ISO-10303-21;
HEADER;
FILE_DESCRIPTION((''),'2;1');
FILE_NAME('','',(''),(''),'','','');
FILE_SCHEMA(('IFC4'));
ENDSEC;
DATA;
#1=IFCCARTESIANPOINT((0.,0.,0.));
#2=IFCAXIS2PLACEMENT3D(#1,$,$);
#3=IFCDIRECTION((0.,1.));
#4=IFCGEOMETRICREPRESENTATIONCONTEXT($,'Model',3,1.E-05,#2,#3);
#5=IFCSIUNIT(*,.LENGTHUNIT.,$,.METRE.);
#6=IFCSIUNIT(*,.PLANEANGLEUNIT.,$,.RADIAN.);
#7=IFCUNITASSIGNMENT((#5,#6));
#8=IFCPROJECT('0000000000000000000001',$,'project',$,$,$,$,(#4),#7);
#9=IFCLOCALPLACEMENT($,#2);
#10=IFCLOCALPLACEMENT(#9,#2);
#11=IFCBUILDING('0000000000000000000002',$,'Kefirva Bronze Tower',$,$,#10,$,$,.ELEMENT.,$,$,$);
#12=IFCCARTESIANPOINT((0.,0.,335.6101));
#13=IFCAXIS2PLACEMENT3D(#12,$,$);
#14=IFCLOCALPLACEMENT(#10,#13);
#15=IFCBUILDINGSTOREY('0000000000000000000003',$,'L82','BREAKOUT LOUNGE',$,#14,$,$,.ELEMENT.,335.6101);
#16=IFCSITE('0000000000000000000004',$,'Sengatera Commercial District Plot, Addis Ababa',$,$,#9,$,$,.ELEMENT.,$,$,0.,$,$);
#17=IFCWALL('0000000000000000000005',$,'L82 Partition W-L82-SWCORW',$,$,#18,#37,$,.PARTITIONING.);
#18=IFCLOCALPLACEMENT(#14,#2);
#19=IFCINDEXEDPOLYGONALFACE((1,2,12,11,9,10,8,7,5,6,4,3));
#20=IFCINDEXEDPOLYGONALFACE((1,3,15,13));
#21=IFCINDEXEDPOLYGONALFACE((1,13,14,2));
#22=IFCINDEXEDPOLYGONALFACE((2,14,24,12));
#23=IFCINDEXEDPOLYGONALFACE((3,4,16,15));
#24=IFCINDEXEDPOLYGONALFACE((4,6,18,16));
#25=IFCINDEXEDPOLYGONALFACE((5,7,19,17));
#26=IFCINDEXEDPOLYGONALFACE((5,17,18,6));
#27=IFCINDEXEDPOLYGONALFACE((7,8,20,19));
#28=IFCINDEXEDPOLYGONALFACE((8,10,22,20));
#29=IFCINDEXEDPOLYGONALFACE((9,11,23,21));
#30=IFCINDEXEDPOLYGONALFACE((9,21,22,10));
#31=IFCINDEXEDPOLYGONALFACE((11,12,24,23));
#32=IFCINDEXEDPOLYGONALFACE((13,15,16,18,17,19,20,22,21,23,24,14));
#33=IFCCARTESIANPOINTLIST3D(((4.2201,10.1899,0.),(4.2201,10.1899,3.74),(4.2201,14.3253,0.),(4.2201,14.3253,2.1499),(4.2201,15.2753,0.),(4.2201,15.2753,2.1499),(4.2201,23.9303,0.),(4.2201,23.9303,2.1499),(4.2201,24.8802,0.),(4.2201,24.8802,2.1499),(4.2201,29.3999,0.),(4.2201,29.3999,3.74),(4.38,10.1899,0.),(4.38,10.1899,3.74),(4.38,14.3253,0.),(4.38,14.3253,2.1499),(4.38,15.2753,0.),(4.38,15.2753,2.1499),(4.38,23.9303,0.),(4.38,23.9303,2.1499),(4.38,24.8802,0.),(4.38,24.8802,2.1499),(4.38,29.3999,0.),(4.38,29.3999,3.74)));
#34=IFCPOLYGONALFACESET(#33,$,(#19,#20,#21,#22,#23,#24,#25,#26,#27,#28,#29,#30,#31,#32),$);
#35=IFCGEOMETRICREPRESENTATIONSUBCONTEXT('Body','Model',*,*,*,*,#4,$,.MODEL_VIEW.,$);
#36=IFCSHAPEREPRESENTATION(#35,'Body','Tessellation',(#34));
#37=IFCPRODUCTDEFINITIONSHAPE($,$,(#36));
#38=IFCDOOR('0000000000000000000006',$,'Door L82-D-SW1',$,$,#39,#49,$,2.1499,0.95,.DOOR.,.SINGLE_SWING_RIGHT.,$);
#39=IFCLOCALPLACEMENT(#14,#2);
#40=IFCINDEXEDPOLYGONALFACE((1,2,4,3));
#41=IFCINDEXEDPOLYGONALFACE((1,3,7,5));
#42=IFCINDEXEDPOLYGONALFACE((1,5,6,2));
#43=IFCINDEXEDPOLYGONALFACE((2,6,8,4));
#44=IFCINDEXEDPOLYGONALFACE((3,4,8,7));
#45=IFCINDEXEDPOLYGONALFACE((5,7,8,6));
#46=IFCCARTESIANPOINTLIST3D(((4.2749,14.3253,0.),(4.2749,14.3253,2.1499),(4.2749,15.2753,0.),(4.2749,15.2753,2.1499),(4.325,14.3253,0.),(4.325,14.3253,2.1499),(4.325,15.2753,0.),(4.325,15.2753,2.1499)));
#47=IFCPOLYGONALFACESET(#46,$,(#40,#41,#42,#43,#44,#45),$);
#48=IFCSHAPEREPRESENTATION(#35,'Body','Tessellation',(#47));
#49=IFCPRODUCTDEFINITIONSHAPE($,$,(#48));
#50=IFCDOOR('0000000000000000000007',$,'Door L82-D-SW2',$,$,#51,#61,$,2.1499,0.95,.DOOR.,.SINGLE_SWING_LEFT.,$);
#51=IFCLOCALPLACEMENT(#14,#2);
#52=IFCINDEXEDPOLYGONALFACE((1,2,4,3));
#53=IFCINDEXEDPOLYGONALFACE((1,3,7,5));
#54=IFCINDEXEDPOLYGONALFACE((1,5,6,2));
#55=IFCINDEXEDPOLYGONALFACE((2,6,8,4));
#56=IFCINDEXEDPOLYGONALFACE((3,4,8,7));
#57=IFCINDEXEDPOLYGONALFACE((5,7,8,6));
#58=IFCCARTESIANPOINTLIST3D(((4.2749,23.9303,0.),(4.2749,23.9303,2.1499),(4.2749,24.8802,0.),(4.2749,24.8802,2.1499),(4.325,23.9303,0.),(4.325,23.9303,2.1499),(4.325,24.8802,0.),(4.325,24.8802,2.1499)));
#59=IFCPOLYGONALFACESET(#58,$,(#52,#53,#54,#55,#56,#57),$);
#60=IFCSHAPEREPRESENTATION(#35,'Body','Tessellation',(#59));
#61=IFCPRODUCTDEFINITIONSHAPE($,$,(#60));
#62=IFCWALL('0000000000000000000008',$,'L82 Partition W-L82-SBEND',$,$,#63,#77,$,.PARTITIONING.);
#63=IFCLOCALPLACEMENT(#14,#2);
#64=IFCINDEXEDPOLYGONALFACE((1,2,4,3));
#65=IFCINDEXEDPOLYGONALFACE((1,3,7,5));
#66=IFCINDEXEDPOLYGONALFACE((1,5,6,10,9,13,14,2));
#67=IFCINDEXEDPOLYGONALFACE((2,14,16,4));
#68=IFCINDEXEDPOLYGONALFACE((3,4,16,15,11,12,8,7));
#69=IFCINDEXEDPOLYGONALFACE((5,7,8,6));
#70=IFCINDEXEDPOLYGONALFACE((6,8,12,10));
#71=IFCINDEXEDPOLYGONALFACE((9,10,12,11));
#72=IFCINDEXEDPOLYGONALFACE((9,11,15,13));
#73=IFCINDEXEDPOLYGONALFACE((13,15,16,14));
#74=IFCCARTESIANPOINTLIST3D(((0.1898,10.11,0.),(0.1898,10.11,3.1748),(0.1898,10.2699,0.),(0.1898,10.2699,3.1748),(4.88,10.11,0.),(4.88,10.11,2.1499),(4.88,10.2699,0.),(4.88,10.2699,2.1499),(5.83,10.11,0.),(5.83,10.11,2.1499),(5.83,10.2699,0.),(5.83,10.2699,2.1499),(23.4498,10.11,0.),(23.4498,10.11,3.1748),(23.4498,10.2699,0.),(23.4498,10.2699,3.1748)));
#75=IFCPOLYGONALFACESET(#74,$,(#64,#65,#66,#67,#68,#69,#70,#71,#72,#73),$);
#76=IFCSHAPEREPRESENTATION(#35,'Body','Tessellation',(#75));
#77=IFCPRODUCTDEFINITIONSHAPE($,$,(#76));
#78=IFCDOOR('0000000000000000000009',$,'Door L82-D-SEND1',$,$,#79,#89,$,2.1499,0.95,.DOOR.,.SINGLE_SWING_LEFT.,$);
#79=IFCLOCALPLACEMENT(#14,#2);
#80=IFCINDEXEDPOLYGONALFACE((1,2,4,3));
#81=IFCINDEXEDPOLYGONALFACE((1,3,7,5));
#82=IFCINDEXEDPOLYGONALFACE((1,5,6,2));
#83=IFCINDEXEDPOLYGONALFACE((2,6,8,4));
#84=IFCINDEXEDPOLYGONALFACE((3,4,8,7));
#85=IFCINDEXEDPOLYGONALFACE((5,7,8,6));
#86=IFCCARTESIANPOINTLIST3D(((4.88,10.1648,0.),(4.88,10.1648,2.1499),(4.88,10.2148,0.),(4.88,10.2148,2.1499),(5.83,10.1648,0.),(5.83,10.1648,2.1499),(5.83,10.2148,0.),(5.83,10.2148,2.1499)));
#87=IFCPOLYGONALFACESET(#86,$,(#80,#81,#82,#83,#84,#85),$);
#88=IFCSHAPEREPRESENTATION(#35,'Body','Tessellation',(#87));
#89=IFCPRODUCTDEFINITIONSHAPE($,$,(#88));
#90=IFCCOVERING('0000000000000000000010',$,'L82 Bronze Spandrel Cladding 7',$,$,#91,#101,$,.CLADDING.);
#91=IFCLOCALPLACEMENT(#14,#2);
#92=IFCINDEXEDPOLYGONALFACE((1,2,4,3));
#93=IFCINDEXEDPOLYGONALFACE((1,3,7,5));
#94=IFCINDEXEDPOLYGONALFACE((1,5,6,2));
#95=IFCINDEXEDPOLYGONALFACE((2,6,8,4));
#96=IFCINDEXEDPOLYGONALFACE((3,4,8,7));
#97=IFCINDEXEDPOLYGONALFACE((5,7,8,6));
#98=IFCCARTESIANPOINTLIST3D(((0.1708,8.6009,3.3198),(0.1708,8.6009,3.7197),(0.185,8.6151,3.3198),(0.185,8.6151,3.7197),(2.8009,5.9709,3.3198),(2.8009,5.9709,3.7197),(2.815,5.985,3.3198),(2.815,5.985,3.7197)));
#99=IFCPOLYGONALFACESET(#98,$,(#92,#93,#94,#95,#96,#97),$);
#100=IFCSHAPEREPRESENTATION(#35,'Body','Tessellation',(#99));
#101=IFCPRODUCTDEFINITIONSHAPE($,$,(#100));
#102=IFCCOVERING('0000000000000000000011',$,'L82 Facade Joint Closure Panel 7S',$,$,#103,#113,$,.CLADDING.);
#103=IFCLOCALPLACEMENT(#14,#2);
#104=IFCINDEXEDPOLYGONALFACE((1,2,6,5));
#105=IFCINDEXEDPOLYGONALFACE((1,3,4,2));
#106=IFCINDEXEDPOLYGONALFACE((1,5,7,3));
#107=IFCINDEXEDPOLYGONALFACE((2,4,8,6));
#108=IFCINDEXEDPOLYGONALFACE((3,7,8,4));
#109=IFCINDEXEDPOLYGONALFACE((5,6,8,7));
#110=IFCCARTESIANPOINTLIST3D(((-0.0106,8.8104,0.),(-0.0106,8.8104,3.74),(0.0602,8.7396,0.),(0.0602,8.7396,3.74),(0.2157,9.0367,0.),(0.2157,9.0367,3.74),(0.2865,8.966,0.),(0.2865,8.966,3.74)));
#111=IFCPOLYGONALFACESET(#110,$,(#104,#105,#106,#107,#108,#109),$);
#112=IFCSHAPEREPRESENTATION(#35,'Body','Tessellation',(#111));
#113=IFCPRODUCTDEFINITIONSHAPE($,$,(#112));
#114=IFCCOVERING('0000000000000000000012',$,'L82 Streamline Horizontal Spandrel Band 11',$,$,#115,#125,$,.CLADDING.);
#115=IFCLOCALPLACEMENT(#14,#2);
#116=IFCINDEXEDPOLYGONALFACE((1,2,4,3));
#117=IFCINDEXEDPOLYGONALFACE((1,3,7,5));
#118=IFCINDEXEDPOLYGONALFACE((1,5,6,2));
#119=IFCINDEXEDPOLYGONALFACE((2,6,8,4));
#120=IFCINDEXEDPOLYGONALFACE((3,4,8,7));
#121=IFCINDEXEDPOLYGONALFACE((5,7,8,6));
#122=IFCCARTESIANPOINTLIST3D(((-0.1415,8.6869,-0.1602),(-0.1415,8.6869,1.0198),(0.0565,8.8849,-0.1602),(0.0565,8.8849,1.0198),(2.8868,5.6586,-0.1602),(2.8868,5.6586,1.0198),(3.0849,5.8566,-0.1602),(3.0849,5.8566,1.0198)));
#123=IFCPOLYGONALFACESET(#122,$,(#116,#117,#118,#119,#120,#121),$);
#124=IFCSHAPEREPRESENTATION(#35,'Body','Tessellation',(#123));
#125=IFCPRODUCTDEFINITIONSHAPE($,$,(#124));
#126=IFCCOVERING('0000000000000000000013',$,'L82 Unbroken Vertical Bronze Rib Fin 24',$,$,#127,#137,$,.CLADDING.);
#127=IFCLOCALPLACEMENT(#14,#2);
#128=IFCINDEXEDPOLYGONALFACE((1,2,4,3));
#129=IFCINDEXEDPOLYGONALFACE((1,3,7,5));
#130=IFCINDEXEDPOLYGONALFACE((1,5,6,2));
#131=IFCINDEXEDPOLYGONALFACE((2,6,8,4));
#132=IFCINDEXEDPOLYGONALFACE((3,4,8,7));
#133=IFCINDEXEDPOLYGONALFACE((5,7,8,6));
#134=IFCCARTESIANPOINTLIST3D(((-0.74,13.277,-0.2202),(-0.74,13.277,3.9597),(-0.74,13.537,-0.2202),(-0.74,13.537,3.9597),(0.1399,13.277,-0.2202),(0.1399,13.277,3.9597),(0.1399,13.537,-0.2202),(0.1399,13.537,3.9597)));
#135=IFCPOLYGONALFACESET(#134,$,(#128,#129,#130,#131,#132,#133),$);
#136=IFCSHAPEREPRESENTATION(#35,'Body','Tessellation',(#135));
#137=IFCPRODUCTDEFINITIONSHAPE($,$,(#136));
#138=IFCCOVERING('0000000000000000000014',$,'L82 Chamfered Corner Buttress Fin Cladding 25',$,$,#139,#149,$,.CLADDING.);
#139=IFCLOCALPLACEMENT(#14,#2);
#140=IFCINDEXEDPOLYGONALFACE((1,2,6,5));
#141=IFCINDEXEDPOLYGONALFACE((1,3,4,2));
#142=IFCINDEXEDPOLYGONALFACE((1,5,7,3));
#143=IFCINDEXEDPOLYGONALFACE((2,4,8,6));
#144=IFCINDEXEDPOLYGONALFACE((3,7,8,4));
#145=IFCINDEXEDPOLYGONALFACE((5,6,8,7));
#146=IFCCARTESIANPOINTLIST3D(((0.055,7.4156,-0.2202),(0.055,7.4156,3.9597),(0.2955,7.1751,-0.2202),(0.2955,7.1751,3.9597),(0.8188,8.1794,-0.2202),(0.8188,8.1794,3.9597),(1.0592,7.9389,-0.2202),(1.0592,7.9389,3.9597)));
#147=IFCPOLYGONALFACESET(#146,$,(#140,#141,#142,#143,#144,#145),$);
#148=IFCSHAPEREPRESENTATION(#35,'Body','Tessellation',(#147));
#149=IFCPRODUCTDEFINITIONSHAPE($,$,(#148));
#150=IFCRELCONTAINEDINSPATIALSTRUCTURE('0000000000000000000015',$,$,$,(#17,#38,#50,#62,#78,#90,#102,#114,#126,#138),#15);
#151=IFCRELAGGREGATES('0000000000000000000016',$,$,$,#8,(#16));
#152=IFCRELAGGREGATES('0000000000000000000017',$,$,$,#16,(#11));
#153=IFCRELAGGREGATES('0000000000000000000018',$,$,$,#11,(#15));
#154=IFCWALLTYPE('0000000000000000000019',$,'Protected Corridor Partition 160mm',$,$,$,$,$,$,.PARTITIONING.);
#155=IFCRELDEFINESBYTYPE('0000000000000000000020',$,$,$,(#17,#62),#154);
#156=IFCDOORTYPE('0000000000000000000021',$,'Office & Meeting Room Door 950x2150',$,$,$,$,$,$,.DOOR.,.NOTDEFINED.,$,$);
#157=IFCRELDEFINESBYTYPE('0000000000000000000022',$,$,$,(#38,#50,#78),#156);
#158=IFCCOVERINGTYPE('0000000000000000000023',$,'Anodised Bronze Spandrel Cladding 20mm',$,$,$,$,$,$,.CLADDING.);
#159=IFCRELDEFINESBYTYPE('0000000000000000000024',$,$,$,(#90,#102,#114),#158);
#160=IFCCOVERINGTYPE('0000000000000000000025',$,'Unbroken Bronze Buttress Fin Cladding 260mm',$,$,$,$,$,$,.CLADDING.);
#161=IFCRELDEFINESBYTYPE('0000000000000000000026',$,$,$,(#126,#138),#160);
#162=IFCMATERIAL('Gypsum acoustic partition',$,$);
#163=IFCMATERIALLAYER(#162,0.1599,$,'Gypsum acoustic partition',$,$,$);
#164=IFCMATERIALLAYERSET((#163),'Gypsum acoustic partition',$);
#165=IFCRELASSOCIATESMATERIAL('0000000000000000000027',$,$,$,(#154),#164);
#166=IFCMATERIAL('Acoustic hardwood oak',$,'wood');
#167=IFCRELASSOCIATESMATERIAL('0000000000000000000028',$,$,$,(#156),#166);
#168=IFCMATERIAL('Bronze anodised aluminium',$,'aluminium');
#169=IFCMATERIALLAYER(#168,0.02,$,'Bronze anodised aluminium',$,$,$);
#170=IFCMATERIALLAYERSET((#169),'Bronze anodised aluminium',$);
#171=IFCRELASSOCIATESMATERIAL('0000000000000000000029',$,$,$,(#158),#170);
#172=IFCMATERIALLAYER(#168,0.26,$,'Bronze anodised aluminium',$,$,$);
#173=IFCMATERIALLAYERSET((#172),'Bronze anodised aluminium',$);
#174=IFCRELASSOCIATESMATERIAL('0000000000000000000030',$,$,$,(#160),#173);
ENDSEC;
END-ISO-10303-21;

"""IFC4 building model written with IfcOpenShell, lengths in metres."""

from ifc_helpers import new_model, si_unit, direction, frame, frame_2d, origin, origin_2d, place, context, subcontext, project, spatial, rectangle, extrude, material, layer, layer_set, type_object, element, fill, save


model = new_model("IFC4")

# Units and contexts
model_context = context("Model", 3, precision=1e-05, world=origin(), true_north=direction((0.0, 1.0)))
body_context = subcontext(model_context, "Body", "Model", "MODEL_VIEW")
ifc_project = project(units=[si_unit("LENGTHUNIT", "METRE"), si_unit("PLANEANGLEUNIT", "RADIAN")], contexts=[model_context])

# Site, building, storey
site_placement = place(None, origin())
site = spatial("IfcSite", under=ifc_project, at=site_placement, Name="Sengatera Commercial District Plot, Addis Ababa", CompositionType="ELEMENT", RefElevation=0.0)
building_placement = place(site_placement, origin())
building = spatial("IfcBuilding", under=site, at=building_placement, Name="Kefirva Bronze Tower", CompositionType="ELEMENT")
storey_placement = place(building_placement, frame((0.0, 0.0, 335.6101)))
storey = spatial("IfcBuildingStorey", under=building, at=storey_placement, Name="L82", Description="BREAKOUT LOUNGE", CompositionType="ELEMENT", Elevation=335.6101)

# Shared definitions
ifc_material_1 = material(Name="Bronze anodised aluminium", Category="aluminium")

# Shared definitions
ifc_material_2 = material(Name="Gypsum acoustic partition")

# Wall, openings, doors
ifc_layer_1 = layer(ifc_material_2, 0.1599, Name="Gypsum acoustic partition")
ifc_layer_set_1 = layer_set([ifc_layer_1], Name="Gypsum acoustic partition")
wall_type_1 = type_object("IfcWallType", Name="Protected Corridor Partition 160mm", PredefinedType="PARTITIONING", material=ifc_layer_set_1)
wall_1_placement = place(storey_placement, frame((4.3, 10.1899, 0.0), z_axis=(0.0, 0.0, 1.0), x_axis=(0.0, 1.0, 0.0)))
wall_1 = element("IfcWall", 1, at=wall_1_placement, inside=storey, type_object=wall_type_1, Name="L82 Partition W-L82-SWCORW", PredefinedType="PARTITIONING", context=body_context, shape_type="SweptSolid", body=[
    extrude(rectangle(XDim=19.21, YDim=0.1599, at=frame_2d((9.605, 0.0))), origin(), (0.0, 0.0, 1.0), 3.74),
])
opening_1_placement = place(wall_1_placement, frame((5.0854, 0.0, 0.0), z_axis=(0.0, 0.0, 1.0), x_axis=(-1.0, 0.0, 0.0)))
opening_1 = element("IfcOpeningElement", 2, at=opening_1_placement, cuts=wall_1, PredefinedType="OPENING", context=body_context, shape_type="SweptSolid", body=[
    extrude(rectangle(XDim=0.95, YDim=2.1499, at=frame_2d((0.4751, 1.075))), frame((0.0, 0.0898, 0.0), z_axis=(0.0, -1.0, 0.0), x_axis=(1.0, 0.0, 0.0)), (0.0, 0.0, 1.0), 0.1799),
])
opening_2_placement = place(wall_1_placement, frame((14.6904, 0.0, 0.0), z_axis=(0.0, 0.0, 1.0), x_axis=(-1.0, 0.0, 0.0)))
opening_2 = element("IfcOpeningElement", 3, at=opening_2_placement, cuts=wall_1, PredefinedType="OPENING", context=body_context, shape_type="SweptSolid", body=[
    extrude(rectangle(XDim=0.95, YDim=2.1499, at=frame_2d((0.4751, 1.075))), frame((0.0, 0.0898, 0.0), z_axis=(0.0, -1.0, 0.0), x_axis=(1.0, 0.0, 0.0)), (0.0, 0.0, 1.0), 0.1799),
])
ifc_material_3 = material(Name="Acoustic hardwood oak", Category="wood")
door_type = type_object("IfcDoorType", Name="Office & Meeting Room Door 950x2150", OperationType="NOTDEFINED", PredefinedType="DOOR", material=ifc_material_3)
door_1_placement = place(opening_1_placement, origin())
door_1 = element("IfcDoor", 4, at=door_1_placement, inside=storey, type_object=door_type, Name="Door L82-D-SW1", OperationType="SINGLE_SWING_RIGHT", OverallHeight=2.1499, OverallWidth=0.95, PredefinedType="DOOR", context=body_context, shape_type="SweptSolid", body=[
    extrude(rectangle(XDim=0.95, YDim=2.1499, at=frame_2d((0.4751, 1.075))), frame((0.0, 0.0249, 0.0), z_axis=(0.0, -1.0, 0.0), x_axis=(1.0, 0.0, 0.0)), (0.0, 0.0, 1.0), 0.05),
])
fill(opening_1, door_1)
door_2_placement = place(opening_2_placement, origin())
door_2 = element("IfcDoor", 5, at=door_2_placement, inside=storey, type_object=door_type, Name="Door L82-D-SW2", OperationType="SINGLE_SWING_LEFT", OverallHeight=2.1499, OverallWidth=0.95, PredefinedType="DOOR", context=body_context, shape_type="SweptSolid", body=[
    extrude(rectangle(XDim=0.95, YDim=2.1499, at=frame_2d((0.4751, 1.075))), frame((0.0, 0.0249, 0.0), z_axis=(0.0, -1.0, 0.0), x_axis=(1.0, 0.0, 0.0)), (0.0, 0.0, 1.0), 0.05),
])
fill(opening_2, door_2)

# Wall, opening, door
wall_2_placement = place(storey_placement, frame((0.1899, 10.1899, 0.0), z_axis=(0.0, 0.0, 1.0), x_axis=(1.0, 0.0, 0.0)))
wall_2 = element("IfcWall", 6, at=wall_2_placement, inside=storey, type_object=wall_type_1, Name="L82 Partition W-L82-SBEND", PredefinedType="PARTITIONING", context=body_context, shape_type="SweptSolid", body=[
    extrude(rectangle(XDim=23.26, YDim=0.1599, at=frame_2d((11.6299, 0.0))), origin(), (0.0, 0.0, 1.0), 3.1748),
])
opening_3_placement = place(wall_2_placement, frame((4.6899, 0.0, 0.0)))
opening_3 = element("IfcOpeningElement", 7, at=opening_3_placement, cuts=wall_2, PredefinedType="OPENING", context=body_context, shape_type="SweptSolid", body=[
    extrude(rectangle(XDim=0.95, YDim=2.1499, at=frame_2d((0.4751, 1.075))), frame((0.0, 0.0898, 0.0), z_axis=(0.0, -1.0, 0.0), x_axis=(1.0, 0.0, 0.0)), (0.0, 0.0, 1.0), 0.1799),
])
door_3_placement = place(opening_3_placement, origin())
door_3 = element("IfcDoor", 8, at=door_3_placement, inside=storey, type_object=door_type, Name="Door L82-D-SEND1", OperationType="SINGLE_SWING_LEFT", OverallHeight=2.1499, OverallWidth=0.95, PredefinedType="DOOR", context=body_context, shape_type="SweptSolid", body=[
    extrude(rectangle(XDim=0.95, YDim=2.1499, at=frame_2d((0.4751, 1.075))), frame((0.0, 0.0249, 0.0), z_axis=(0.0, -1.0, 0.0), x_axis=(1.0, 0.0, 0.0)), (0.0, 0.0, 1.0), 0.05),
])
fill(opening_3, door_3)

# Coverings
ifc_layer_2 = layer(ifc_material_1, 0.02, Name="Bronze anodised aluminium")
ifc_layer_set_2 = layer_set([ifc_layer_2], Name="Bronze anodised aluminium")
covering_type_1 = type_object("IfcCoveringType", Name="Anodised Bronze Spandrel Cladding 20mm", PredefinedType="CLADDING", material=ifc_layer_set_2)
covering_1_placement = place(storey_placement, frame((1.4929, 7.293, 3.3198), z_axis=(0.0, 0.0, 1.0), x_axis=(0.707107, -0.707107, 0.0)))
element("IfcCovering", 9, at=covering_1_placement, inside=storey, type_object=covering_type_1, Name="L82 Bronze Spandrel Cladding 7", PredefinedType="CLADDING", context=body_context, shape_type="SweptSolid", body=[
    extrude(rectangle(XDim=3.7195, YDim=0.02, at=origin_2d()), origin(), (0.0, 0.0, 1.0), 0.3999),
])
covering_2_placement = place(storey_placement, frame((0.1379, 8.8882, 0.0), z_axis=(0.0, 0.0, 1.0), x_axis=(0.707107, -0.707107, 0.0)))
element("IfcCovering", 10, at=covering_2_placement, inside=storey, type_object=covering_type_1, Name="L82 Facade Joint Closure Panel 7S", PredefinedType="CLADDING", context=body_context, shape_type="SweptSolid", body=[
    extrude(rectangle(XDim=0.1001, YDim=0.3201, at=origin_2d()), origin(), (0.0, 0.0, 1.0), 3.74),
])
covering_3_placement = place(storey_placement, frame((1.4717, 7.2717, -0.1602), z_axis=(0.0, 0.0, 1.0), x_axis=(0.707107, -0.707107, 0.0)))
element("IfcCovering", 11, at=covering_3_placement, inside=storey, type_object=covering_type_1, Name="L82 Streamline Horizontal Spandrel Band 11", PredefinedType="CLADDING", context=body_context, shape_type="SweptSolid", body=[
    extrude(rectangle(XDim=4.2827, YDim=0.28, at=origin_2d()), origin(), (0.0, 0.0, 1.0), 1.1799),
])
ifc_layer_3 = layer(ifc_material_1, 0.26, Name="Bronze anodised aluminium")
ifc_layer_set_3 = layer_set([ifc_layer_3], Name="Bronze anodised aluminium")
covering_type_2 = type_object("IfcCoveringType", Name="Unbroken Bronze Buttress Fin Cladding 260mm", PredefinedType="CLADDING", material=ifc_layer_set_3)
covering_4_placement = place(storey_placement, frame((-0.3, 13.407, -0.2202), z_axis=(0.0, 0.0, 1.0), x_axis=(0.0, -1.0, 0.0)))
element("IfcCovering", 12, at=covering_4_placement, inside=storey, type_object=covering_type_2, Name="L82 Unbroken Vertical Bronze Rib Fin 24", PredefinedType="CLADDING", context=body_context, shape_type="SweptSolid", body=[
    extrude(rectangle(XDim=0.26, YDim=0.8799, at=origin_2d()), origin(), (0.0, 0.0, 1.0), 4.1799),
])
covering_5_placement = place(storey_placement, frame((0.5571, 7.6772, -0.2202), z_axis=(0.0, 0.0, 1.0), x_axis=(0.707107, -0.707107, 0.0)))
element("IfcCovering", 13, at=covering_5_placement, inside=storey, type_object=covering_type_2, Name="L82 Chamfered Corner Buttress Fin Cladding 25", PredefinedType="CLADDING", context=body_context, shape_type="SweptSolid", body=[
    extrude(rectangle(XDim=0.3401, YDim=1.0801, at=origin_2d()), origin(), (0.0, 0.0, 1.0), 4.1799),
])

save(model, "model.ifc")
